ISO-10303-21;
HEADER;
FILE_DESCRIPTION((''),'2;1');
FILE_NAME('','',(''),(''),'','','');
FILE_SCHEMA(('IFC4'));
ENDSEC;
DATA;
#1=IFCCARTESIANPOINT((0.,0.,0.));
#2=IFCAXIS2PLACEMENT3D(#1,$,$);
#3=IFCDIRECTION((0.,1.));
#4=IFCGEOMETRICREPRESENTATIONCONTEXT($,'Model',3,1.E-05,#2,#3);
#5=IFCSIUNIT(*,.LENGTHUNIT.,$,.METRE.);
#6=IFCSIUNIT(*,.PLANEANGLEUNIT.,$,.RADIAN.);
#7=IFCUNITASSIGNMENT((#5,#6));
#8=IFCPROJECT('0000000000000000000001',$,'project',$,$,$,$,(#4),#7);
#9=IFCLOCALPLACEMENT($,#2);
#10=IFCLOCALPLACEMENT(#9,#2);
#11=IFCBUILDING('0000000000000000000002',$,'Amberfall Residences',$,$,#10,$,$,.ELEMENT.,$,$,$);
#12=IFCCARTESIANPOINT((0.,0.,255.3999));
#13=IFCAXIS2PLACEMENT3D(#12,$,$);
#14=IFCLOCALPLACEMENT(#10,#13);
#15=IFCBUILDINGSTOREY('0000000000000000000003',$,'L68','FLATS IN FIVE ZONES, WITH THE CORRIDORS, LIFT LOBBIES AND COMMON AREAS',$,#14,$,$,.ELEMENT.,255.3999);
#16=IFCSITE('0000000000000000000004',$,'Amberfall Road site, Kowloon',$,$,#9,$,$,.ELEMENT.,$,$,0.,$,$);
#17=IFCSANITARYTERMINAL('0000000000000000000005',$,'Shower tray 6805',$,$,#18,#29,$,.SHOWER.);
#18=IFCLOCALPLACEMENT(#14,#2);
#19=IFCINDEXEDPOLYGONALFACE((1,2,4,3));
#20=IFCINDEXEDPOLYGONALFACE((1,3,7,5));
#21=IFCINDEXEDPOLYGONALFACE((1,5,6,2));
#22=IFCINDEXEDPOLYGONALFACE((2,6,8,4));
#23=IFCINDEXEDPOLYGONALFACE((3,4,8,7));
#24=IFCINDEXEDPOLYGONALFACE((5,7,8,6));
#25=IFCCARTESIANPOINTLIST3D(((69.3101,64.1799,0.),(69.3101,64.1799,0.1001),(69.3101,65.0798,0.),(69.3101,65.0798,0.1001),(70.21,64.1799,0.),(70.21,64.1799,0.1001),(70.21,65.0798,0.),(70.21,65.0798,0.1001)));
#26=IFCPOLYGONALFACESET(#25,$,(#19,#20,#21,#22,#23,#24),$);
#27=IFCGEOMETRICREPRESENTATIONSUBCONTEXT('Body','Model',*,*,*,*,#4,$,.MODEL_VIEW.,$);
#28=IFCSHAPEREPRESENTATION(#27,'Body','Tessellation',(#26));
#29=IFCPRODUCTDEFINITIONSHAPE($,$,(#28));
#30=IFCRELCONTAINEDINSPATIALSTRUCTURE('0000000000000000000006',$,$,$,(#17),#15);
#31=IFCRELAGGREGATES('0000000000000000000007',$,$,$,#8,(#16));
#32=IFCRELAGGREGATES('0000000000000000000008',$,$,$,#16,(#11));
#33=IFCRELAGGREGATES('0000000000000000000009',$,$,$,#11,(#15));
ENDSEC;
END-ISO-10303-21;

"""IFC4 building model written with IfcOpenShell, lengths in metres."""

from ifc_helpers import new_model, si_unit, direction, frame, origin, origin_2d, place, context, subcontext, project, spatial, rectangle, extrude, element, save


model = new_model("IFC4")

# Units and contexts
model_context = context("Model", 3, precision=1e-05, world=origin(), true_north=direction((0.0, 1.0)))
body_context = subcontext(model_context, "Body", "Model", "MODEL_VIEW")
ifc_project = project(units=[si_unit("LENGTHUNIT", "METRE"), si_unit("PLANEANGLEUNIT", "RADIAN")], contexts=[model_context])

# Site, building, storey
site_placement = place(None, origin())
site = spatial("IfcSite", under=ifc_project, at=site_placement, Name="Amberfall Road site, Kowloon", CompositionType="ELEMENT", RefElevation=0.0)
building_placement = place(site_placement, origin())
building = spatial("IfcBuilding", under=site, at=building_placement, Name="Amberfall Residences", CompositionType="ELEMENT")
storey_placement = place(building_placement, frame((0.0, 0.0, 255.3999)))
storey = spatial("IfcBuildingStorey", under=building, at=storey_placement, Name="L68", Description="FLATS IN FIVE ZONES, WITH THE CORRIDORS, LIFT LOBBIES AND COMMON AREAS", CompositionType="ELEMENT", Elevation=255.3999)

# Sanitary terminal
for number, where, z_axis, x_axis, name in (
    (1, (69.76, 64.6299, 0.0), (0.0, 0.0, 1.0), (1.0, 0.0, 0.0), "Shower tray 6805"),
):
    element("IfcSanitaryTerminal", number, at=place(storey_placement, frame(where, z_axis=z_axis, x_axis=x_axis)), inside=storey, Name=name, PredefinedType="SHOWER", context=body_context, shape_type="SweptSolid", body=[
        extrude(rectangle(XDim=0.8999, YDim=0.8999, at=origin_2d()), origin(), (0.0, 0.0, 1.0), 0.1001),
    ])

save(model, "model.ifc")
